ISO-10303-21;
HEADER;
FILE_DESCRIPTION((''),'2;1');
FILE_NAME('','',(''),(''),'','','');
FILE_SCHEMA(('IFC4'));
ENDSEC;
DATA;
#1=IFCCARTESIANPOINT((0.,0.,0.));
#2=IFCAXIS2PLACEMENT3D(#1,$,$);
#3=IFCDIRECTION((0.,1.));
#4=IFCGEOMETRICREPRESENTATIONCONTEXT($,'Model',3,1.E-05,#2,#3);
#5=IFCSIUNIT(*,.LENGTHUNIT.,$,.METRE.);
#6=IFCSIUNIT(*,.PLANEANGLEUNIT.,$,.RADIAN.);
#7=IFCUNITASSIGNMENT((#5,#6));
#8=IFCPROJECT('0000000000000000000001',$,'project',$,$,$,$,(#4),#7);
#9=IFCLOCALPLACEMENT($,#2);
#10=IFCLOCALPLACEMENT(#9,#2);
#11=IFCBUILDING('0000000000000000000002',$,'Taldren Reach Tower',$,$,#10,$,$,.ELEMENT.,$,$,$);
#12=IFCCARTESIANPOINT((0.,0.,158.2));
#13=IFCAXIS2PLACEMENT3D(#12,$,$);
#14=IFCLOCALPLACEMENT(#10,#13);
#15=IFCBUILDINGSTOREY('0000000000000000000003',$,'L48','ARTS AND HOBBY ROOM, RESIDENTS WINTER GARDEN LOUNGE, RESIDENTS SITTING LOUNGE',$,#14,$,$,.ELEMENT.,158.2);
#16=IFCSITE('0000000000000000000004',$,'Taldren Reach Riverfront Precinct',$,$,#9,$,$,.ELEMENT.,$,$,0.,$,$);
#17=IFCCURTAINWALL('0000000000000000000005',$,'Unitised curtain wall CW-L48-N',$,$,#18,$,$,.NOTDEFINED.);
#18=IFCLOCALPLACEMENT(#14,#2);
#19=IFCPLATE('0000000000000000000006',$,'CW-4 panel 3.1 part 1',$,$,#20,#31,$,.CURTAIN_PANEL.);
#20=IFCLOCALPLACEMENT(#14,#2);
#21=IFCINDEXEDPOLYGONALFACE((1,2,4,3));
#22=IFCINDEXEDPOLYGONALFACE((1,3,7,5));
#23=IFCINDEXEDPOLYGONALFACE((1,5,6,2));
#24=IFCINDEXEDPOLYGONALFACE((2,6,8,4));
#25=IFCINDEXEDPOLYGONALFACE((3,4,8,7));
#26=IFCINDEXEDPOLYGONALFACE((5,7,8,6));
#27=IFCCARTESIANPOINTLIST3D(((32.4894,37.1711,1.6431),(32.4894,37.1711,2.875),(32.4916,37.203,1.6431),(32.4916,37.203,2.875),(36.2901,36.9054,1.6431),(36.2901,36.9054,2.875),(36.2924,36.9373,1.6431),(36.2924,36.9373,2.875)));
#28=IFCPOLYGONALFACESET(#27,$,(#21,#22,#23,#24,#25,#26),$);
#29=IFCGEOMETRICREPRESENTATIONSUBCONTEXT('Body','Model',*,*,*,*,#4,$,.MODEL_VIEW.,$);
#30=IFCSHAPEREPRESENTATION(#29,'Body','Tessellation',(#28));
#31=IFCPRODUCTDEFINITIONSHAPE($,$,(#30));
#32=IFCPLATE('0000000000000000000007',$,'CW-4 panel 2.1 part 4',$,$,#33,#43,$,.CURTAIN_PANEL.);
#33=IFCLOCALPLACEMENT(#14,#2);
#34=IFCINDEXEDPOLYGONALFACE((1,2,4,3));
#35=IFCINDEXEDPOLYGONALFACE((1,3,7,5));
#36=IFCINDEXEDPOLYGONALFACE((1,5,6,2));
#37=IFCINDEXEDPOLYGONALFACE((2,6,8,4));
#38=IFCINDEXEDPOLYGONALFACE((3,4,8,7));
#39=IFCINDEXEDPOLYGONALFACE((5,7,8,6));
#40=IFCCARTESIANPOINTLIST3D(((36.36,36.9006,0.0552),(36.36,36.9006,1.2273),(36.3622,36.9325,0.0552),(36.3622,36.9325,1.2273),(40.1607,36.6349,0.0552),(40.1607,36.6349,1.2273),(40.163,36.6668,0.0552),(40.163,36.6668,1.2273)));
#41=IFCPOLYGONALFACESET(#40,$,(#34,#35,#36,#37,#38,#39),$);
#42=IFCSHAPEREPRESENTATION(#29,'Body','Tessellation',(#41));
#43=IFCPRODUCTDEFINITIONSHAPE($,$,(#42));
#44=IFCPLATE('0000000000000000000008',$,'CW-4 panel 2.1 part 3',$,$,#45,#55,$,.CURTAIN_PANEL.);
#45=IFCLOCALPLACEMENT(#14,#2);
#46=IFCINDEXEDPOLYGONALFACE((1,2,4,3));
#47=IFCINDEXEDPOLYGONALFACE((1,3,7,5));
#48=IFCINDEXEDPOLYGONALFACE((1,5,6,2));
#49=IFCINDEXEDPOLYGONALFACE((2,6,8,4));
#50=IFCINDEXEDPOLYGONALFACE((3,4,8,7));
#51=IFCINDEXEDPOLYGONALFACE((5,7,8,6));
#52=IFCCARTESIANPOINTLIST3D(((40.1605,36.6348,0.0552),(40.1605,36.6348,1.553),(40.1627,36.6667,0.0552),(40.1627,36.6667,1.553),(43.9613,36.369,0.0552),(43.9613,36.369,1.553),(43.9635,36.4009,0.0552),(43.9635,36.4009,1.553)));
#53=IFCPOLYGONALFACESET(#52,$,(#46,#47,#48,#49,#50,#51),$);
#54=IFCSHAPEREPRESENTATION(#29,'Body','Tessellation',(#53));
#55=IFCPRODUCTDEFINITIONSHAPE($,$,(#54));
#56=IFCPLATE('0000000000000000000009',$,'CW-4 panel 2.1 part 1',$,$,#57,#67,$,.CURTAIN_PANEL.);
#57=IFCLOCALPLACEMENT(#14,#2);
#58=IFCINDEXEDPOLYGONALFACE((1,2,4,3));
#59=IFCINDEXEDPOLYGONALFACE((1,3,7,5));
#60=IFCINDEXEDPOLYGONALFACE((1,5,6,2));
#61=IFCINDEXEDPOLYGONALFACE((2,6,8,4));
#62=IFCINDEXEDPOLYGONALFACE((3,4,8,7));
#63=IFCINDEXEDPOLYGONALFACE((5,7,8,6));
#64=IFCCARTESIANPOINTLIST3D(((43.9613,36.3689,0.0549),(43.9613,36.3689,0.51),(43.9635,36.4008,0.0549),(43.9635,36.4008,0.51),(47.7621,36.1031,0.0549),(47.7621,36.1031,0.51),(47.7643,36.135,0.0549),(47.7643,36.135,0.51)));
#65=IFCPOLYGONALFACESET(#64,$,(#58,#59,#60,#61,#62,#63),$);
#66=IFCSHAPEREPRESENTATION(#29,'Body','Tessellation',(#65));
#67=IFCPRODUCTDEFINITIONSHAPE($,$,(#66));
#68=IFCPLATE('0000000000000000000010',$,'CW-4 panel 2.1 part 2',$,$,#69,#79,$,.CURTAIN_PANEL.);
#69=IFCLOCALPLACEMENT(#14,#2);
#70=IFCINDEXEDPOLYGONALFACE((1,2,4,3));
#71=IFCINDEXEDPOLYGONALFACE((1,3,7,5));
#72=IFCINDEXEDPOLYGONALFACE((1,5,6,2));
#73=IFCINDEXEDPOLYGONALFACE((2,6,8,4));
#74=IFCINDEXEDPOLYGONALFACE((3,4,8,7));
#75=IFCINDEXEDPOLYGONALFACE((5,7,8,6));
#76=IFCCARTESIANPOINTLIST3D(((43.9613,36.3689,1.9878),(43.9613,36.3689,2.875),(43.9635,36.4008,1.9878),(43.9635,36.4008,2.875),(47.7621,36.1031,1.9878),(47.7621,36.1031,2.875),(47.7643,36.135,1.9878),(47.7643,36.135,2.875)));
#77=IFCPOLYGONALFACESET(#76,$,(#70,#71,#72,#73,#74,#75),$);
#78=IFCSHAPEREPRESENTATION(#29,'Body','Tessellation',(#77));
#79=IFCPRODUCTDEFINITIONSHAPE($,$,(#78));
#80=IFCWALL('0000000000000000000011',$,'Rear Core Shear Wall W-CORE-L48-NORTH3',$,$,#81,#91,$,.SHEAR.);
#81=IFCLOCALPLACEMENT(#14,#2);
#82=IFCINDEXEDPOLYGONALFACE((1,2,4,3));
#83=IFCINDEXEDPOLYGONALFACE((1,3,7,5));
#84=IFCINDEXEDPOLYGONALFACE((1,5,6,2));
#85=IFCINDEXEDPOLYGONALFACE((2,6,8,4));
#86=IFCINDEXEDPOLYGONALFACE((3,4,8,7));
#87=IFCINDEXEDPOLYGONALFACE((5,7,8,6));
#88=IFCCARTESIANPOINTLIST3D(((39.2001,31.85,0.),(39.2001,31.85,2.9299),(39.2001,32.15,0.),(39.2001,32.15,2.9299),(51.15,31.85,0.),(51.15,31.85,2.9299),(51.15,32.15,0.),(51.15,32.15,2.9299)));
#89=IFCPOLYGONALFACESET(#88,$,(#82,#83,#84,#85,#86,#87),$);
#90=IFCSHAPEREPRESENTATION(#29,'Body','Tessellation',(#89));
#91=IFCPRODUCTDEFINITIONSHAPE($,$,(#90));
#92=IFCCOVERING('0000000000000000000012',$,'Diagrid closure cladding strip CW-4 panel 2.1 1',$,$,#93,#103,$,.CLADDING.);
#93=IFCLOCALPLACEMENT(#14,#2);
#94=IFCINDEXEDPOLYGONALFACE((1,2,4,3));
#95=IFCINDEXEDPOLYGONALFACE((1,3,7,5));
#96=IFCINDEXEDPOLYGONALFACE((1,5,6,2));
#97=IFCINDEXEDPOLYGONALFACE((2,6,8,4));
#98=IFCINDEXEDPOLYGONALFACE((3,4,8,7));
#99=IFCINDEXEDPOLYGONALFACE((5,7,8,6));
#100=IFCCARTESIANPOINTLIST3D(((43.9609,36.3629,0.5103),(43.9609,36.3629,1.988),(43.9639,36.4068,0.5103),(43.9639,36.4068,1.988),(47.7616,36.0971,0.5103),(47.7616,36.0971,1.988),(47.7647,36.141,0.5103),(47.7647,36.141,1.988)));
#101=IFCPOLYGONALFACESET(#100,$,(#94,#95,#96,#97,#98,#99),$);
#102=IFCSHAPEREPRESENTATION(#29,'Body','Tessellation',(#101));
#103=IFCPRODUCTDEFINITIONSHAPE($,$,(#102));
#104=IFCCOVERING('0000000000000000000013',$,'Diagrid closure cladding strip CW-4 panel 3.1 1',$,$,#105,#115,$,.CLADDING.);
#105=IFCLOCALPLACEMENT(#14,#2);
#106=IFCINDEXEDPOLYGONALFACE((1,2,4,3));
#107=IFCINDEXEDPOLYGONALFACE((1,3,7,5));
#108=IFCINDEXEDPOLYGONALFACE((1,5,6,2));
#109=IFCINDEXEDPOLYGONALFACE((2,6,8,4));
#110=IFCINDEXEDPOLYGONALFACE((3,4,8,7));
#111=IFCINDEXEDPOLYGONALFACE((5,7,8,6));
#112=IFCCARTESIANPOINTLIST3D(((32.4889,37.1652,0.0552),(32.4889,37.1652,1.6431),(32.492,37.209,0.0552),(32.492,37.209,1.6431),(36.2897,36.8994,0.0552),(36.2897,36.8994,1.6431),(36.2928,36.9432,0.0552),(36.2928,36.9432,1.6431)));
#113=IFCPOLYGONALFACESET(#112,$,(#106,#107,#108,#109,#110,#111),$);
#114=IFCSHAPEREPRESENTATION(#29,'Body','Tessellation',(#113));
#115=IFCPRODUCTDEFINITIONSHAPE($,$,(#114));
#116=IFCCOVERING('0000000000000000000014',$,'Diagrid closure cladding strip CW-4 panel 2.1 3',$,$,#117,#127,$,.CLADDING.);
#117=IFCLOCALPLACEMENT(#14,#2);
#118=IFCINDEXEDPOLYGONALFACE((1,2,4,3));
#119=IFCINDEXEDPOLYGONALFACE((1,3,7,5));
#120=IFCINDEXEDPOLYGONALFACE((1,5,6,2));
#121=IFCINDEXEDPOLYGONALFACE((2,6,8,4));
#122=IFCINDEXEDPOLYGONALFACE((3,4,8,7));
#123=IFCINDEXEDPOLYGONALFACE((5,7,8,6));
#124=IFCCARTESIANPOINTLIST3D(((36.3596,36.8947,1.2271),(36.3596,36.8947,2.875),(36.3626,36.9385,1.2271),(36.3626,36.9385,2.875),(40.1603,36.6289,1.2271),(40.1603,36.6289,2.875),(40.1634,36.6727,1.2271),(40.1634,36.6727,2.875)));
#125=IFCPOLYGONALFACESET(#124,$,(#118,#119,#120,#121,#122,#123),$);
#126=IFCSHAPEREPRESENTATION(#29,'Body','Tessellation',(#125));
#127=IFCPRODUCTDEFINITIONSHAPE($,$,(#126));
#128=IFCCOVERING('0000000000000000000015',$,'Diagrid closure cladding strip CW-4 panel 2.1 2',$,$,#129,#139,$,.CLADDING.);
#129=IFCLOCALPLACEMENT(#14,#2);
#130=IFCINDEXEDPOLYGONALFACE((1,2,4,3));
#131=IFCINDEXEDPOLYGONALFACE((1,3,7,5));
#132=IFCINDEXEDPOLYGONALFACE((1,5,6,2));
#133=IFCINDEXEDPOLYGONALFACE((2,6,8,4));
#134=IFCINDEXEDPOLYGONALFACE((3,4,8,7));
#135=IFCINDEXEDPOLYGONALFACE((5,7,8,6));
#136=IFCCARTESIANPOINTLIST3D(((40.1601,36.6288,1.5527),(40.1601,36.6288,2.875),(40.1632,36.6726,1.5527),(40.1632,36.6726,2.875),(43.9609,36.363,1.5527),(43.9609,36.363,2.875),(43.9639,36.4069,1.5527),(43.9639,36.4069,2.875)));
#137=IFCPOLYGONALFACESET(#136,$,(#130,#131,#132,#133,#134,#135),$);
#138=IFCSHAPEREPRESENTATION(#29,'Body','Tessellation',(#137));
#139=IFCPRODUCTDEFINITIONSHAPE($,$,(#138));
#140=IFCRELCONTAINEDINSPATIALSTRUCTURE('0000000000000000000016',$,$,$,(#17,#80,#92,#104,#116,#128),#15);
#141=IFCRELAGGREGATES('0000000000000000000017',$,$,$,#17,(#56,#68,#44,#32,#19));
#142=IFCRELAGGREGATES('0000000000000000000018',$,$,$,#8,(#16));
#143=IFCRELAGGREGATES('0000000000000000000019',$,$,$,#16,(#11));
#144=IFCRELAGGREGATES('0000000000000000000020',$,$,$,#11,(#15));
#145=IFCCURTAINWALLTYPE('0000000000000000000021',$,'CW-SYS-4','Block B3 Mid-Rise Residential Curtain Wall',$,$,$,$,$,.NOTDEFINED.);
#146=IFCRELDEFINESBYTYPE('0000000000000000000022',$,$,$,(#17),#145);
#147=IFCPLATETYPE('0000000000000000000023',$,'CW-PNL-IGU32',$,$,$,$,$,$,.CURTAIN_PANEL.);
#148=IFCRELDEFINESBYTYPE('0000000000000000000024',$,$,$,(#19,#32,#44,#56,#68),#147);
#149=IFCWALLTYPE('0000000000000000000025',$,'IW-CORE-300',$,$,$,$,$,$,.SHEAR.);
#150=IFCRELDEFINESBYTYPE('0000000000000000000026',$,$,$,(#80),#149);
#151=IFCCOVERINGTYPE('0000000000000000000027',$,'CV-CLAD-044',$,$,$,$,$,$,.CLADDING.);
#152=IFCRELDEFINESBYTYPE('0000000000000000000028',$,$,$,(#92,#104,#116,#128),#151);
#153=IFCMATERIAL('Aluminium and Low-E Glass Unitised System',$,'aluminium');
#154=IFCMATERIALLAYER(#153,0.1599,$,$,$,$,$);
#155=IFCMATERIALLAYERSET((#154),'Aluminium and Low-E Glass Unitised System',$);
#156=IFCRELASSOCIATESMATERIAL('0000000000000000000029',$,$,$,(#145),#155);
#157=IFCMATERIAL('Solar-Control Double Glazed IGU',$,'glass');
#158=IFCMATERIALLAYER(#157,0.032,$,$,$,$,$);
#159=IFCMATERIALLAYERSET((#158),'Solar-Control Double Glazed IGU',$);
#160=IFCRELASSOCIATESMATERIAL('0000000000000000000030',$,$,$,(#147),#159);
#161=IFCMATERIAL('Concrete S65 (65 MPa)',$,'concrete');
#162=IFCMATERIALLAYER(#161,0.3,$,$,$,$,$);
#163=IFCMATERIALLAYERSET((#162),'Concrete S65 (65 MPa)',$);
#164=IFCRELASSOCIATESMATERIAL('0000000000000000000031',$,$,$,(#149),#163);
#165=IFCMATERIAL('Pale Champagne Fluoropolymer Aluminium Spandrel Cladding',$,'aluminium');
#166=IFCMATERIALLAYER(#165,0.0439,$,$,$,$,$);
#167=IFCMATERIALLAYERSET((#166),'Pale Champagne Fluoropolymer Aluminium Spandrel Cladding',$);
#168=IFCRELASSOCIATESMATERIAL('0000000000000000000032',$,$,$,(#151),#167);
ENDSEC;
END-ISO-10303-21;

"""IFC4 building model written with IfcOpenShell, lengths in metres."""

from ifc_helpers import new_model, si_unit, direction, frame, frame_2d, origin, origin_2d, place, context, subcontext, project, spatial, rectangle, extrude, source, transform, mapped, material, layer, layer_set, type_object, element, aggregate, save


model = new_model("IFC4")

# Units and contexts
model_context = context("Model", 3, precision=1e-05, world=origin(), true_north=direction((0.0, 1.0)))
body_context = subcontext(model_context, "Body", "Model", "MODEL_VIEW")
ifc_project = project(units=[si_unit("LENGTHUNIT", "METRE"), si_unit("PLANEANGLEUNIT", "RADIAN")], contexts=[model_context])

# Site, building, storey
site_placement = place(None, origin())
site = spatial("IfcSite", under=ifc_project, at=site_placement, Name="Taldren Reach Riverfront Precinct", CompositionType="ELEMENT", RefElevation=0.0)
building_placement = place(site_placement, origin())
building = spatial("IfcBuilding", under=site, at=building_placement, Name="Taldren Reach Tower", CompositionType="ELEMENT")
storey_placement = place(building_placement, frame((0.0, 0.0, 158.2)))
storey = spatial("IfcBuildingStorey", under=building, at=storey_placement, Name="L48", Description="ARTS AND HOBBY ROOM, RESIDENTS WINTER GARDEN LOUNGE, RESIDENTS SITTING LOUNGE", CompositionType="ELEMENT", Elevation=158.2)

# Curtain wall
ifc_material_1 = material(Name="Aluminium and Low-E Glass Unitised System", Category="aluminium")
ifc_layer_1 = layer(ifc_material_1, 0.1599)
ifc_layer_set_1 = layer_set([ifc_layer_1], Name="Aluminium and Low-E Glass Unitised System")
curtain_wall_type = type_object("IfcCurtainWallType", Name="CW-SYS-4", Description="Block B3 Mid-Rise Residential Curtain Wall", PredefinedType="NOTDEFINED", material=ifc_layer_set_1)
curtain_wall_placement = place(storey_placement, origin())
curtain_wall = element("IfcCurtainWall", 1, at=curtain_wall_placement, inside=storey, type_object=curtain_wall_type, Name="Unitised curtain wall CW-L48-N", PredefinedType="NOTDEFINED")

# Plates
ifc_material_2 = material(Name="Solar-Control Double Glazed IGU", Category="glass")
ifc_layer_2 = layer(ifc_material_2, 0.032)
ifc_layer_set_2 = layer_set([ifc_layer_2], Name="Solar-Control Double Glazed IGU")
plate_type_1 = type_object("IfcPlateType", Name="CW-PNL-IGU32", PredefinedType="CURTAIN_PANEL", material=ifc_layer_set_2)
shared_shape_1 = source(origin(), body_context, "Body", "SweptSolid", [
    extrude(rectangle(XDim=3.8101, YDim=0.032, at=origin_2d()), origin(), (0.0, 0.0, 1.0), 1.2319),
])
plate_1_placement = place(storey_placement, frame((34.3909, 37.0542, 1.6431), z_axis=(0.0, 0.0, 1.0), x_axis=(-0.997564, 0.069757, 0.0)))
plate_1 = element("IfcPlate", 2, at=plate_1_placement, type_object=plate_type_1, Name="CW-4 panel 3.1 part 1", PredefinedType="CURTAIN_PANEL", context=body_context, shape_type="MappedRepresentation", body=[
    mapped(shared_shape_1, transform((0.0, 0.0, 0.0), scale=1.0)),
])
shared_shape_2 = source(origin(), body_context, "Body", "SweptSolid", [
    extrude(rectangle(XDim=3.8101, YDim=0.032, at=origin_2d()), origin(), (0.0, 0.0, 1.0), 1.1721),
])
plate_2_placement = place(storey_placement, frame((38.2615, 36.7837, 0.0552), z_axis=(0.0, 0.0, 1.0), x_axis=(-0.997564, 0.069757, 0.0)))
plate_2 = element("IfcPlate", 3, at=plate_2_placement, type_object=plate_type_1, Name="CW-4 panel 2.1 part 4", PredefinedType="CURTAIN_PANEL", context=body_context, shape_type="MappedRepresentation", body=[
    mapped(shared_shape_2, transform((0.0, 0.0, 0.0), scale=1.0)),
])
shared_shape_3 = source(origin(), body_context, "Body", "SweptSolid", [
    extrude(rectangle(XDim=3.8101, YDim=0.032, at=origin_2d()), origin(), (0.0, 0.0, 1.0), 1.4978),
])
plate_3_placement = place(storey_placement, frame((42.062, 36.5178, 0.0552), z_axis=(0.0, 0.0, 1.0), x_axis=(-0.997564, 0.069757, 0.0)))
plate_3 = element("IfcPlate", 4, at=plate_3_placement, type_object=plate_type_1, Name="CW-4 panel 2.1 part 3", PredefinedType="CURTAIN_PANEL", context=body_context, shape_type="MappedRepresentation", body=[
    mapped(shared_shape_3, transform((0.0, 0.0, 0.0), scale=1.0)),
])
shared_shape_4 = source(origin(), body_context, "Body", "SweptSolid", [
    extrude(rectangle(XDim=3.8101, YDim=0.032, at=origin_2d()), origin(), (0.0, 0.0, 1.0), 0.4551),
])
plate_4_placement = place(storey_placement, frame((45.8628, 36.252, 0.0549), z_axis=(0.0, 0.0, 1.0), x_axis=(-0.997564, 0.069757, 0.0)))
plate_4 = element("IfcPlate", 5, at=plate_4_placement, type_object=plate_type_1, Name="CW-4 panel 2.1 part 1", PredefinedType="CURTAIN_PANEL", context=body_context, shape_type="MappedRepresentation", body=[
    mapped(shared_shape_4, transform((0.0, 0.0, 0.0), scale=1.0)),
])
shared_shape_5 = source(origin(), body_context, "Body", "SweptSolid", [
    extrude(rectangle(XDim=3.8101, YDim=0.032, at=origin_2d()), origin(), (0.0, 0.0, 1.0), 0.8872),
])
plate_5_placement = place(storey_placement, frame((45.8628, 36.252, 1.9878), z_axis=(0.0, 0.0, 1.0), x_axis=(-0.997564, 0.069757, 0.0)))
plate_5 = element("IfcPlate", 6, at=plate_5_placement, type_object=plate_type_1, Name="CW-4 panel 2.1 part 2", PredefinedType="CURTAIN_PANEL", context=body_context, shape_type="MappedRepresentation", body=[
    mapped(shared_shape_5, transform((0.0, 0.0, 0.0), scale=1.0)),
])
aggregate(curtain_wall, [plate_4, plate_5, plate_3, plate_2, plate_1])

# Wall
ifc_material_3 = material(Name="Concrete S65 (65 MPa)", Category="concrete")
ifc_layer_3 = layer(ifc_material_3, 0.3)
ifc_layer_set_3 = layer_set([ifc_layer_3], Name="Concrete S65 (65 MPa)")
wall_type = type_object("IfcWallType", Name="IW-CORE-300", PredefinedType="SHEAR", material=ifc_layer_set_3)
shared_shape_6 = source(origin(), body_context, "Body", "SweptSolid", [
    extrude(rectangle(XDim=11.95, YDim=0.3, at=frame_2d((5.9751, 0.0))), origin(), (0.0, 0.0, 1.0), 2.9299),
])
wall_placement = place(storey_placement, frame((39.2, 32.0, 0.0), z_axis=(0.0, 0.0, 1.0), x_axis=(1.0, 0.0, 0.0)))
element("IfcWall", 7, at=wall_placement, inside=storey, type_object=wall_type, Name="Rear Core Shear Wall W-CORE-L48-NORTH3", PredefinedType="SHEAR", context=body_context, shape_type="MappedRepresentation", body=[
    mapped(shared_shape_6, transform((0.0, 0.0, 0.0), scale=1.0)),
])

# Coverings
ifc_material_4 = material(Name="Pale Champagne Fluoropolymer Aluminium Spandrel Cladding", Category="aluminium")
ifc_layer_4 = layer(ifc_material_4, 0.0439)
ifc_layer_set_4 = layer_set([ifc_layer_4], Name="Pale Champagne Fluoropolymer Aluminium Spandrel Cladding")
covering_type = type_object("IfcCoveringType", Name="CV-CLAD-044", PredefinedType="CLADDING", material=ifc_layer_set_4)
shared_shape_7 = source(origin(), body_context, "Body", "SweptSolid", [
    extrude(rectangle(XDim=3.8101, YDim=0.0439, at=origin_2d()), origin(), (0.0, 0.0, 1.0), 1.4778),
])
covering_1_placement = place(storey_placement, frame((45.8628, 36.252, 0.5103), z_axis=(0.0, 0.0, 1.0), x_axis=(-0.997564, 0.069757, 0.0)))
element("IfcCovering", 8, at=covering_1_placement, inside=storey, type_object=covering_type, Name="Diagrid closure cladding strip CW-4 panel 2.1 1", PredefinedType="CLADDING", context=body_context, shape_type="MappedRepresentation", body=[
    mapped(shared_shape_7, transform((0.0, 0.0, 0.0), scale=1.0)),
])
shared_shape_8 = source(origin(), body_context, "Body", "SweptSolid", [
    extrude(rectangle(XDim=3.8101, YDim=0.0439, at=origin_2d()), origin(), (0.0, 0.0, 1.0), 1.5879),
])
covering_2_placement = place(storey_placement, frame((34.3909, 37.0542, 0.0552), z_axis=(0.0, 0.0, 1.0), x_axis=(-0.997564, 0.069757, 0.0)))
element("IfcCovering", 9, at=covering_2_placement, inside=storey, type_object=covering_type, Name="Diagrid closure cladding strip CW-4 panel 3.1 1", PredefinedType="CLADDING", context=body_context, shape_type="MappedRepresentation", body=[
    mapped(shared_shape_8, transform((0.0, 0.0, 0.0), scale=1.0)),
])
shared_shape_9 = source(origin(), body_context, "Body", "SweptSolid", [
    extrude(rectangle(XDim=3.8101, YDim=0.0439, at=origin_2d()), origin(), (0.0, 0.0, 1.0), 1.6479),
])
covering_3_placement = place(storey_placement, frame((38.2615, 36.7837, 1.2271), z_axis=(0.0, 0.0, 1.0), x_axis=(-0.997564, 0.069757, 0.0)))
element("IfcCovering", 10, at=covering_3_placement, inside=storey, type_object=covering_type, Name="Diagrid closure cladding strip CW-4 panel 2.1 3", PredefinedType="CLADDING", context=body_context, shape_type="MappedRepresentation", body=[
    mapped(shared_shape_9, transform((0.0, 0.0, 0.0), scale=1.0)),
])
shared_shape_10 = source(origin(), body_context, "Body", "SweptSolid", [
    extrude(rectangle(XDim=3.8101, YDim=0.0439, at=origin_2d()), origin(), (0.0, 0.0, 1.0), 1.3223),
])
covering_4_placement = place(storey_placement, frame((42.062, 36.5178, 1.5527), z_axis=(0.0, 0.0, 1.0), x_axis=(-0.997564, 0.069757, 0.0)))
element("IfcCovering", 11, at=covering_4_placement, inside=storey, type_object=covering_type, Name="Diagrid closure cladding strip CW-4 panel 2.1 2", PredefinedType="CLADDING", context=body_context, shape_type="MappedRepresentation", body=[
    mapped(shared_shape_10, transform((0.0, 0.0, 0.0), scale=1.0)),
])

save(model, "model.ifc")
